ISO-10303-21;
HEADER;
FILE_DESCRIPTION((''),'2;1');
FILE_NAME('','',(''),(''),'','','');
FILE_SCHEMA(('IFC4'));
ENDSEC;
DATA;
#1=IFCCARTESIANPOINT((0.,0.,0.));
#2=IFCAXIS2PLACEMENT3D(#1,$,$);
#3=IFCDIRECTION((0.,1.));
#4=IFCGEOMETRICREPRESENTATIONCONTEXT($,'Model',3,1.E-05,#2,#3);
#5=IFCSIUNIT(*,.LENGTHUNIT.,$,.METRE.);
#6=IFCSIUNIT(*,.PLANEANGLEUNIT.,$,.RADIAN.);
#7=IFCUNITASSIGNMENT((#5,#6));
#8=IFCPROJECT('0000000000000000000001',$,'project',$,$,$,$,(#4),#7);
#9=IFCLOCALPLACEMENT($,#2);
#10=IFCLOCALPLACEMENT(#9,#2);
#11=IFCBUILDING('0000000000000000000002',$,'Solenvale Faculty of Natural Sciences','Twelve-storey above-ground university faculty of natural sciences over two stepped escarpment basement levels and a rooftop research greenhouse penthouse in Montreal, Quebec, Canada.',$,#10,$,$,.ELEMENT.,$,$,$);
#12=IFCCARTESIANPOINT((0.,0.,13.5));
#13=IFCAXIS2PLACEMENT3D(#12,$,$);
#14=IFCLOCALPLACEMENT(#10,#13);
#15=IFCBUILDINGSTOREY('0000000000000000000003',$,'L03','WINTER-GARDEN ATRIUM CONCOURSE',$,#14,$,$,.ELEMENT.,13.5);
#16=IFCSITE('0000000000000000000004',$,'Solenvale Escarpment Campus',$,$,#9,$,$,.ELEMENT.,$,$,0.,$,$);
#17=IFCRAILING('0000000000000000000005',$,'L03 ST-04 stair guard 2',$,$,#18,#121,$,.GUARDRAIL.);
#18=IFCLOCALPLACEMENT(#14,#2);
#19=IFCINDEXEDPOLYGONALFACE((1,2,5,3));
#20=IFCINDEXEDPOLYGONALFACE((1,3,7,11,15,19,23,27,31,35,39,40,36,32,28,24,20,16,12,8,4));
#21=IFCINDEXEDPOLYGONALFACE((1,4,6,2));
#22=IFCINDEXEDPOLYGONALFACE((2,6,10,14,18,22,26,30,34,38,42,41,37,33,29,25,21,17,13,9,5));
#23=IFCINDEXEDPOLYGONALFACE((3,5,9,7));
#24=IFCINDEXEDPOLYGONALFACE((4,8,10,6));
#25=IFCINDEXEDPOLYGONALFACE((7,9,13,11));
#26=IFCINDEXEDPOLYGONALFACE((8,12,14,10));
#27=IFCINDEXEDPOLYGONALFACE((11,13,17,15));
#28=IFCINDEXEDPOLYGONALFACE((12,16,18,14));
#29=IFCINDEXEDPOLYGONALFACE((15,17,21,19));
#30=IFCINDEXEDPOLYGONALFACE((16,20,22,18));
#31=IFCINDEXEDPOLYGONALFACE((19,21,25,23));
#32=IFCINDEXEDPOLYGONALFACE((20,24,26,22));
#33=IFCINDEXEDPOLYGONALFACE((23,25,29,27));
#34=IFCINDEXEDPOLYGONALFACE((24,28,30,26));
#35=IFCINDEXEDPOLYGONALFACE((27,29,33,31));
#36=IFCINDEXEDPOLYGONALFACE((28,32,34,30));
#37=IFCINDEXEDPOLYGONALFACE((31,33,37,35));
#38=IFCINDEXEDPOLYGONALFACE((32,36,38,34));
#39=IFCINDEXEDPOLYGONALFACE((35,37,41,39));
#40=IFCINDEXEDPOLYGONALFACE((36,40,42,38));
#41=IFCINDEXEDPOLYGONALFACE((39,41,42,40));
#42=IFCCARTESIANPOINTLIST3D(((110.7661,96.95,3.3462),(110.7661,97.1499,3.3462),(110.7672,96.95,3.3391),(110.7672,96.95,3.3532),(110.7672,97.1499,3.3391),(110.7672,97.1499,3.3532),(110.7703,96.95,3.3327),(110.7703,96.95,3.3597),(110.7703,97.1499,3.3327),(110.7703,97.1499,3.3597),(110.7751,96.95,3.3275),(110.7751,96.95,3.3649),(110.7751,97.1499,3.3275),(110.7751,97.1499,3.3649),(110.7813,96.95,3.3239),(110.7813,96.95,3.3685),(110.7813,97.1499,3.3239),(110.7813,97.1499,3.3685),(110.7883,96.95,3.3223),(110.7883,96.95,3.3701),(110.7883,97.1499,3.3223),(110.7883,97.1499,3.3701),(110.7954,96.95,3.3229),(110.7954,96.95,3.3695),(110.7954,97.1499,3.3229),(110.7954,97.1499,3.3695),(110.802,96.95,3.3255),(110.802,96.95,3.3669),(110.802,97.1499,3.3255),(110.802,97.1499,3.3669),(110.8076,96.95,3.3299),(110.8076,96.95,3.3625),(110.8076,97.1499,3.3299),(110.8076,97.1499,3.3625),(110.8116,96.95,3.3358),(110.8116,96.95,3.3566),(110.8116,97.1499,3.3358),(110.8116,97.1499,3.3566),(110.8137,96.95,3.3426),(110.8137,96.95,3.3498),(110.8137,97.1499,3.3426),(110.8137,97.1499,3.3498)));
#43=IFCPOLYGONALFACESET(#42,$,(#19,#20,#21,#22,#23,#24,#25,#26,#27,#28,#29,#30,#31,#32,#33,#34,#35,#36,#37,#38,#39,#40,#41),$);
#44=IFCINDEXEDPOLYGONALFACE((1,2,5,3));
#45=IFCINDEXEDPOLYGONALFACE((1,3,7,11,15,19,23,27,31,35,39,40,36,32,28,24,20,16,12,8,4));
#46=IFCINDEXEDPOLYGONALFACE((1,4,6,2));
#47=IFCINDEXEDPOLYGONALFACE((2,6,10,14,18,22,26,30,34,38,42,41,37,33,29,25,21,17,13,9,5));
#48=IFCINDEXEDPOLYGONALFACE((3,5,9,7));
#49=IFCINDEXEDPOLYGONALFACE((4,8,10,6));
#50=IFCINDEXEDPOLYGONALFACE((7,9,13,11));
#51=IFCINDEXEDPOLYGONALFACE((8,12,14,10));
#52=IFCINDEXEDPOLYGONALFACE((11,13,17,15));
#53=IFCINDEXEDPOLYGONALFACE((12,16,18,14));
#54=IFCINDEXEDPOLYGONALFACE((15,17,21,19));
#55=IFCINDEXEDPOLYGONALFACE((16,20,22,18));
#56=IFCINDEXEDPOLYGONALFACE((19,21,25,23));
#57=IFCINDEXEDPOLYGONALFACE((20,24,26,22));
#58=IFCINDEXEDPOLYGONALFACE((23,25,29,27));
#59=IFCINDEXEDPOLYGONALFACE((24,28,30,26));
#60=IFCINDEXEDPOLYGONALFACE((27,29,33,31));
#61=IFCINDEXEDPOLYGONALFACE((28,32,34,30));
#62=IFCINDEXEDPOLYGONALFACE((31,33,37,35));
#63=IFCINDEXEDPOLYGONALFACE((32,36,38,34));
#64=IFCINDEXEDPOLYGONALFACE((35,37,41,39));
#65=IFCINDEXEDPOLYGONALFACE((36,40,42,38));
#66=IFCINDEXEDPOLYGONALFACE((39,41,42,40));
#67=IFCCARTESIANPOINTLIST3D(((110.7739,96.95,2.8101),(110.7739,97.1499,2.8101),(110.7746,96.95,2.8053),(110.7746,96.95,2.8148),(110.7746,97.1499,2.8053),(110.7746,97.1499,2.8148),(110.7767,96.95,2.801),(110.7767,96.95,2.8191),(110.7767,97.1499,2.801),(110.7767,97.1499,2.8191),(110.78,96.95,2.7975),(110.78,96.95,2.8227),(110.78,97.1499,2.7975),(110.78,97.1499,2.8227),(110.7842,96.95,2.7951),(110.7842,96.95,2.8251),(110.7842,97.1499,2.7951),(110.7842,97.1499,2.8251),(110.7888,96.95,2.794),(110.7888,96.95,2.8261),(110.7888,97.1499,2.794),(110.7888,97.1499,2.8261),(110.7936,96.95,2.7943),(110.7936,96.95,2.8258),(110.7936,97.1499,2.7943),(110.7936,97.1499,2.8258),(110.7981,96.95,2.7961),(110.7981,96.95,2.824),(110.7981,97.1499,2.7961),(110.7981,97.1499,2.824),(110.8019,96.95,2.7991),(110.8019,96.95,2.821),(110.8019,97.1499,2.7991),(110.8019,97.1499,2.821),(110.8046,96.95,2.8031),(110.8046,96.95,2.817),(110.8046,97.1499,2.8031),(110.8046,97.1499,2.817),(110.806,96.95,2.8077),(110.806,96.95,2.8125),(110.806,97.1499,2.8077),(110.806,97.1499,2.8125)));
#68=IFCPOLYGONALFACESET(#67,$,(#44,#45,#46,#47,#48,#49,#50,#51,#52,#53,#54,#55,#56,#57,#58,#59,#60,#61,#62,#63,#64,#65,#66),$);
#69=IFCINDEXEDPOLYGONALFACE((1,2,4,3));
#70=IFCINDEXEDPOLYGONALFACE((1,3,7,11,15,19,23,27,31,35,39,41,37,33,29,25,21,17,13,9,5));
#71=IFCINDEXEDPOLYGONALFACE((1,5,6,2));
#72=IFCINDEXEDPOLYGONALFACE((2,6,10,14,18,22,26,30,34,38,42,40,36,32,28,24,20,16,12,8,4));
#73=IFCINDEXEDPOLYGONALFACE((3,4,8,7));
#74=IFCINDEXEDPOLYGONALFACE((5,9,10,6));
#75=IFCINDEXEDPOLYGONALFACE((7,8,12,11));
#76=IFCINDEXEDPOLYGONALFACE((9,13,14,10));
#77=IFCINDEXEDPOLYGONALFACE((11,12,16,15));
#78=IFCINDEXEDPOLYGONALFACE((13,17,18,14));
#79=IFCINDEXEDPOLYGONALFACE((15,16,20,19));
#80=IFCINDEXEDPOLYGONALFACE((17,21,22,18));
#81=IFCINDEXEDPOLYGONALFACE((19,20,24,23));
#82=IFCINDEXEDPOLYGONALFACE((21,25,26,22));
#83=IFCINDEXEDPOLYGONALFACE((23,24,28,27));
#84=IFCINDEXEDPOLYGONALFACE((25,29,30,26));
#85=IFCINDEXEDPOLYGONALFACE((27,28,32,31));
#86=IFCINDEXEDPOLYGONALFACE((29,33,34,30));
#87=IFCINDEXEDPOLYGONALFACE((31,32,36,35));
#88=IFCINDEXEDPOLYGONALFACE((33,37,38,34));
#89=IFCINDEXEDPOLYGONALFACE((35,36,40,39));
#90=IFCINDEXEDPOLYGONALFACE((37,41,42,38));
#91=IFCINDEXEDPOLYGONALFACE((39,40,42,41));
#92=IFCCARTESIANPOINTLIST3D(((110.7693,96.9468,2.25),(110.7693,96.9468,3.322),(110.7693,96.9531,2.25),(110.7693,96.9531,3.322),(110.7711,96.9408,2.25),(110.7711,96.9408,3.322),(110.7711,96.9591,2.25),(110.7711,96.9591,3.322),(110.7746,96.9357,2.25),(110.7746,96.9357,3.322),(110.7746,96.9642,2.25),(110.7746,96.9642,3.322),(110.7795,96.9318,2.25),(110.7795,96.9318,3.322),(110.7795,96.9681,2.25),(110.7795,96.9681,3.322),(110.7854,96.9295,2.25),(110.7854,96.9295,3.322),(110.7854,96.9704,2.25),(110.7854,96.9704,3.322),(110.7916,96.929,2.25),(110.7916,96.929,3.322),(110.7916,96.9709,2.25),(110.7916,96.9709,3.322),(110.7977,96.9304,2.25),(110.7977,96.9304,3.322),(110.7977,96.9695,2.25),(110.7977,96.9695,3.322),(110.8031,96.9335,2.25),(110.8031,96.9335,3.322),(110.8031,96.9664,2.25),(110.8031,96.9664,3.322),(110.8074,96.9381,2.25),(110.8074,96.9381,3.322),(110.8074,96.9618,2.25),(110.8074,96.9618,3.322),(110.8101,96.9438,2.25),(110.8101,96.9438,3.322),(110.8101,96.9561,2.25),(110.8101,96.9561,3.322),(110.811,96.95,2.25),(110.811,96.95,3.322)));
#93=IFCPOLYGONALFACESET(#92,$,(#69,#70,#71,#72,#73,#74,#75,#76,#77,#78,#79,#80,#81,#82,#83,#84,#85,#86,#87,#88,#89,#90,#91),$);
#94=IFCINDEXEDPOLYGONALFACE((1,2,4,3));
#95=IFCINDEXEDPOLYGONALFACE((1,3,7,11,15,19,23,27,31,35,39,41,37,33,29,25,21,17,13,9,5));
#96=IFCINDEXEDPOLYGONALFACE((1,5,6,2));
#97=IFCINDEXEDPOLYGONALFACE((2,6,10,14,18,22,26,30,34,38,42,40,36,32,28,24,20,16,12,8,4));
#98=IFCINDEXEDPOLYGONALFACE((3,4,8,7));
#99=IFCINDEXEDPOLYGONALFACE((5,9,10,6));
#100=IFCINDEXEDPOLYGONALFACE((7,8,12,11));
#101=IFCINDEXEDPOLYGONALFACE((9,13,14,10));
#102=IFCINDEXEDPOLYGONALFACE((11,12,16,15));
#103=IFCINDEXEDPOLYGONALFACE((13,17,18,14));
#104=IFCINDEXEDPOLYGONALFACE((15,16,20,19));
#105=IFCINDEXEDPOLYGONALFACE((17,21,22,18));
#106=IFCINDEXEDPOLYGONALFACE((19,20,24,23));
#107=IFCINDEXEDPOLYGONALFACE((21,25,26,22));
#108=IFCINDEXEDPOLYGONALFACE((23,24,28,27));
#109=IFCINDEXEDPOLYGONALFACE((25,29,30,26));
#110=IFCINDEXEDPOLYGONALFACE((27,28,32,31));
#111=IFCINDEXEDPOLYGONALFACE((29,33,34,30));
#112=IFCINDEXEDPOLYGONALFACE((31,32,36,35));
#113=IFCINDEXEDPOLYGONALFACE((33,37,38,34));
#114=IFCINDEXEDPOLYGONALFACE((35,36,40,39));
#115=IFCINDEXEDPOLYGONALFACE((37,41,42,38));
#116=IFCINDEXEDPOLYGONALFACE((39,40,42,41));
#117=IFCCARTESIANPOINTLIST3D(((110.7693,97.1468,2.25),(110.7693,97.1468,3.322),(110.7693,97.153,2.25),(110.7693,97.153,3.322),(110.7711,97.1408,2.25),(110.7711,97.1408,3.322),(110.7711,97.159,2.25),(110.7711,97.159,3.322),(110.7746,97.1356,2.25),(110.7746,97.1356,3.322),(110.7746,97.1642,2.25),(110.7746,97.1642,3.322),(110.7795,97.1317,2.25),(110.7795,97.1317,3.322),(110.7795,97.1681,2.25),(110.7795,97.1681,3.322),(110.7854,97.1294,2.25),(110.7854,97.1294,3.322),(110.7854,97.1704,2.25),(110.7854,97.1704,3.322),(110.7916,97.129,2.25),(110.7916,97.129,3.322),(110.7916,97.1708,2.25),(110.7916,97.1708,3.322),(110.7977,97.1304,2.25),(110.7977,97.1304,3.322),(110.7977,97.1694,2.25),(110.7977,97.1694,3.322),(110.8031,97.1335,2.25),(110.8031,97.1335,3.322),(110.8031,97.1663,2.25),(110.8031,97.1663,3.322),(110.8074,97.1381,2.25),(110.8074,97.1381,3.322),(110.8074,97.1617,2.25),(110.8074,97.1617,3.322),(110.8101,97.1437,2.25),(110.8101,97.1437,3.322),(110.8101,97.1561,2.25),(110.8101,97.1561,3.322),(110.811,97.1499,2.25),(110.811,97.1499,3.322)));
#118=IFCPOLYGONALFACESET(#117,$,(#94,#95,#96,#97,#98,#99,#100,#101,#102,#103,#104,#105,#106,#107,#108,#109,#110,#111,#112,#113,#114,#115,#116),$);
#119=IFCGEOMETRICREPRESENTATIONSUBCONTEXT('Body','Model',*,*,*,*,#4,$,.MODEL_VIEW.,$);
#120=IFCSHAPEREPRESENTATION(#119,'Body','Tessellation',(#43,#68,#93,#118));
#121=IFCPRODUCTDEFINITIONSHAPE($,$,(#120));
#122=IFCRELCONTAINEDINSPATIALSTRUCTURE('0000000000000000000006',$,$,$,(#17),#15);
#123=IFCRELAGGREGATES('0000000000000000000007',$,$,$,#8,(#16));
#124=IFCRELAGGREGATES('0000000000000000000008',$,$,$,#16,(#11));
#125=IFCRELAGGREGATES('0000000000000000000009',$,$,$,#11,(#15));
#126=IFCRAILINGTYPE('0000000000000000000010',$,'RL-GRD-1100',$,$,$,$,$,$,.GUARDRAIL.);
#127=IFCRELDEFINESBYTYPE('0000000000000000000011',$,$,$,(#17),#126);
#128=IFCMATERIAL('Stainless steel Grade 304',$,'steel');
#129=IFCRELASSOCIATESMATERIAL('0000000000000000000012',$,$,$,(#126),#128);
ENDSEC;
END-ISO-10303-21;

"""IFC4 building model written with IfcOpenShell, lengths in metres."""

from ifc_helpers import new_model, si_unit, direction, frame, origin, origin_2d, place, context, subcontext, project, spatial, circle, extrude, material, type_object, element, save


model = new_model("IFC4")

# Units and contexts
model_context = context("Model", 3, precision=1e-05, world=origin(), true_north=direction((0.0, 1.0)))
body_context = subcontext(model_context, "Body", "Model", "MODEL_VIEW")
ifc_project = project(units=[si_unit("LENGTHUNIT", "METRE"), si_unit("PLANEANGLEUNIT", "RADIAN")], contexts=[model_context])

# Site, building, storey
site_placement = place(None, origin())
site = spatial("IfcSite", under=ifc_project, at=site_placement, Name="Solenvale Escarpment Campus", CompositionType="ELEMENT", RefElevation=0.0)
building_placement = place(site_placement, origin())
building = spatial("IfcBuilding", under=site, at=building_placement, Name="Solenvale Faculty of Natural Sciences", Description="Twelve-storey above-ground university faculty of natural sciences over two stepped escarpment basement levels and a rooftop research greenhouse penthouse in Montreal, Quebec, Canada.", CompositionType="ELEMENT")
storey_placement = place(building_placement, frame((0.0, 0.0, 13.5)))
storey = spatial("IfcBuildingStorey", under=building, at=storey_placement, Name="L03", Description="WINTER-GARDEN ATRIUM CONCOURSE", CompositionType="ELEMENT", Elevation=13.5)

# Railing
ifc_material_1 = material(Name="Stainless steel Grade 304", Category="steel")
railing_type = type_object("IfcRailingType", Name="RL-GRD-1100", PredefinedType="GUARDRAIL", material=ifc_material_1)
railing_placement = place(storey_placement, frame((110.79, 96.95, 2.25)))
element("IfcRailing", 1, at=railing_placement, inside=storey, type_object=railing_type, Name="L03 ST-04 stair guard 2", PredefinedType="GUARDRAIL", context=body_context, shape_type="SweptSolid", body=[
    extrude(circle(Radius=0.0239, at=origin_2d()), frame((0.0, 0.0, 1.0962), z_axis=(0.0, 1.0, 0.0), x_axis=(-1.0, 0.0, 0.0)), (0.0, 0.0, 1.0), 0.2),
    extrude(circle(Radius=0.0161, at=origin_2d()), frame((0.0, 0.0, 0.5601), z_axis=(0.0, 1.0, 0.0), x_axis=(-1.0, 0.0, 0.0)), (0.0, 0.0, 1.0), 0.2),
    extrude(circle(Radius=0.021, at=origin_2d()), origin(), (0.0, 0.0, 1.0), 1.072),
    extrude(circle(Radius=0.021, at=origin_2d()), frame((0.0, 0.2, 0.0)), (0.0, 0.0, 1.0), 1.072),
])

save(model, "model.ifc")
